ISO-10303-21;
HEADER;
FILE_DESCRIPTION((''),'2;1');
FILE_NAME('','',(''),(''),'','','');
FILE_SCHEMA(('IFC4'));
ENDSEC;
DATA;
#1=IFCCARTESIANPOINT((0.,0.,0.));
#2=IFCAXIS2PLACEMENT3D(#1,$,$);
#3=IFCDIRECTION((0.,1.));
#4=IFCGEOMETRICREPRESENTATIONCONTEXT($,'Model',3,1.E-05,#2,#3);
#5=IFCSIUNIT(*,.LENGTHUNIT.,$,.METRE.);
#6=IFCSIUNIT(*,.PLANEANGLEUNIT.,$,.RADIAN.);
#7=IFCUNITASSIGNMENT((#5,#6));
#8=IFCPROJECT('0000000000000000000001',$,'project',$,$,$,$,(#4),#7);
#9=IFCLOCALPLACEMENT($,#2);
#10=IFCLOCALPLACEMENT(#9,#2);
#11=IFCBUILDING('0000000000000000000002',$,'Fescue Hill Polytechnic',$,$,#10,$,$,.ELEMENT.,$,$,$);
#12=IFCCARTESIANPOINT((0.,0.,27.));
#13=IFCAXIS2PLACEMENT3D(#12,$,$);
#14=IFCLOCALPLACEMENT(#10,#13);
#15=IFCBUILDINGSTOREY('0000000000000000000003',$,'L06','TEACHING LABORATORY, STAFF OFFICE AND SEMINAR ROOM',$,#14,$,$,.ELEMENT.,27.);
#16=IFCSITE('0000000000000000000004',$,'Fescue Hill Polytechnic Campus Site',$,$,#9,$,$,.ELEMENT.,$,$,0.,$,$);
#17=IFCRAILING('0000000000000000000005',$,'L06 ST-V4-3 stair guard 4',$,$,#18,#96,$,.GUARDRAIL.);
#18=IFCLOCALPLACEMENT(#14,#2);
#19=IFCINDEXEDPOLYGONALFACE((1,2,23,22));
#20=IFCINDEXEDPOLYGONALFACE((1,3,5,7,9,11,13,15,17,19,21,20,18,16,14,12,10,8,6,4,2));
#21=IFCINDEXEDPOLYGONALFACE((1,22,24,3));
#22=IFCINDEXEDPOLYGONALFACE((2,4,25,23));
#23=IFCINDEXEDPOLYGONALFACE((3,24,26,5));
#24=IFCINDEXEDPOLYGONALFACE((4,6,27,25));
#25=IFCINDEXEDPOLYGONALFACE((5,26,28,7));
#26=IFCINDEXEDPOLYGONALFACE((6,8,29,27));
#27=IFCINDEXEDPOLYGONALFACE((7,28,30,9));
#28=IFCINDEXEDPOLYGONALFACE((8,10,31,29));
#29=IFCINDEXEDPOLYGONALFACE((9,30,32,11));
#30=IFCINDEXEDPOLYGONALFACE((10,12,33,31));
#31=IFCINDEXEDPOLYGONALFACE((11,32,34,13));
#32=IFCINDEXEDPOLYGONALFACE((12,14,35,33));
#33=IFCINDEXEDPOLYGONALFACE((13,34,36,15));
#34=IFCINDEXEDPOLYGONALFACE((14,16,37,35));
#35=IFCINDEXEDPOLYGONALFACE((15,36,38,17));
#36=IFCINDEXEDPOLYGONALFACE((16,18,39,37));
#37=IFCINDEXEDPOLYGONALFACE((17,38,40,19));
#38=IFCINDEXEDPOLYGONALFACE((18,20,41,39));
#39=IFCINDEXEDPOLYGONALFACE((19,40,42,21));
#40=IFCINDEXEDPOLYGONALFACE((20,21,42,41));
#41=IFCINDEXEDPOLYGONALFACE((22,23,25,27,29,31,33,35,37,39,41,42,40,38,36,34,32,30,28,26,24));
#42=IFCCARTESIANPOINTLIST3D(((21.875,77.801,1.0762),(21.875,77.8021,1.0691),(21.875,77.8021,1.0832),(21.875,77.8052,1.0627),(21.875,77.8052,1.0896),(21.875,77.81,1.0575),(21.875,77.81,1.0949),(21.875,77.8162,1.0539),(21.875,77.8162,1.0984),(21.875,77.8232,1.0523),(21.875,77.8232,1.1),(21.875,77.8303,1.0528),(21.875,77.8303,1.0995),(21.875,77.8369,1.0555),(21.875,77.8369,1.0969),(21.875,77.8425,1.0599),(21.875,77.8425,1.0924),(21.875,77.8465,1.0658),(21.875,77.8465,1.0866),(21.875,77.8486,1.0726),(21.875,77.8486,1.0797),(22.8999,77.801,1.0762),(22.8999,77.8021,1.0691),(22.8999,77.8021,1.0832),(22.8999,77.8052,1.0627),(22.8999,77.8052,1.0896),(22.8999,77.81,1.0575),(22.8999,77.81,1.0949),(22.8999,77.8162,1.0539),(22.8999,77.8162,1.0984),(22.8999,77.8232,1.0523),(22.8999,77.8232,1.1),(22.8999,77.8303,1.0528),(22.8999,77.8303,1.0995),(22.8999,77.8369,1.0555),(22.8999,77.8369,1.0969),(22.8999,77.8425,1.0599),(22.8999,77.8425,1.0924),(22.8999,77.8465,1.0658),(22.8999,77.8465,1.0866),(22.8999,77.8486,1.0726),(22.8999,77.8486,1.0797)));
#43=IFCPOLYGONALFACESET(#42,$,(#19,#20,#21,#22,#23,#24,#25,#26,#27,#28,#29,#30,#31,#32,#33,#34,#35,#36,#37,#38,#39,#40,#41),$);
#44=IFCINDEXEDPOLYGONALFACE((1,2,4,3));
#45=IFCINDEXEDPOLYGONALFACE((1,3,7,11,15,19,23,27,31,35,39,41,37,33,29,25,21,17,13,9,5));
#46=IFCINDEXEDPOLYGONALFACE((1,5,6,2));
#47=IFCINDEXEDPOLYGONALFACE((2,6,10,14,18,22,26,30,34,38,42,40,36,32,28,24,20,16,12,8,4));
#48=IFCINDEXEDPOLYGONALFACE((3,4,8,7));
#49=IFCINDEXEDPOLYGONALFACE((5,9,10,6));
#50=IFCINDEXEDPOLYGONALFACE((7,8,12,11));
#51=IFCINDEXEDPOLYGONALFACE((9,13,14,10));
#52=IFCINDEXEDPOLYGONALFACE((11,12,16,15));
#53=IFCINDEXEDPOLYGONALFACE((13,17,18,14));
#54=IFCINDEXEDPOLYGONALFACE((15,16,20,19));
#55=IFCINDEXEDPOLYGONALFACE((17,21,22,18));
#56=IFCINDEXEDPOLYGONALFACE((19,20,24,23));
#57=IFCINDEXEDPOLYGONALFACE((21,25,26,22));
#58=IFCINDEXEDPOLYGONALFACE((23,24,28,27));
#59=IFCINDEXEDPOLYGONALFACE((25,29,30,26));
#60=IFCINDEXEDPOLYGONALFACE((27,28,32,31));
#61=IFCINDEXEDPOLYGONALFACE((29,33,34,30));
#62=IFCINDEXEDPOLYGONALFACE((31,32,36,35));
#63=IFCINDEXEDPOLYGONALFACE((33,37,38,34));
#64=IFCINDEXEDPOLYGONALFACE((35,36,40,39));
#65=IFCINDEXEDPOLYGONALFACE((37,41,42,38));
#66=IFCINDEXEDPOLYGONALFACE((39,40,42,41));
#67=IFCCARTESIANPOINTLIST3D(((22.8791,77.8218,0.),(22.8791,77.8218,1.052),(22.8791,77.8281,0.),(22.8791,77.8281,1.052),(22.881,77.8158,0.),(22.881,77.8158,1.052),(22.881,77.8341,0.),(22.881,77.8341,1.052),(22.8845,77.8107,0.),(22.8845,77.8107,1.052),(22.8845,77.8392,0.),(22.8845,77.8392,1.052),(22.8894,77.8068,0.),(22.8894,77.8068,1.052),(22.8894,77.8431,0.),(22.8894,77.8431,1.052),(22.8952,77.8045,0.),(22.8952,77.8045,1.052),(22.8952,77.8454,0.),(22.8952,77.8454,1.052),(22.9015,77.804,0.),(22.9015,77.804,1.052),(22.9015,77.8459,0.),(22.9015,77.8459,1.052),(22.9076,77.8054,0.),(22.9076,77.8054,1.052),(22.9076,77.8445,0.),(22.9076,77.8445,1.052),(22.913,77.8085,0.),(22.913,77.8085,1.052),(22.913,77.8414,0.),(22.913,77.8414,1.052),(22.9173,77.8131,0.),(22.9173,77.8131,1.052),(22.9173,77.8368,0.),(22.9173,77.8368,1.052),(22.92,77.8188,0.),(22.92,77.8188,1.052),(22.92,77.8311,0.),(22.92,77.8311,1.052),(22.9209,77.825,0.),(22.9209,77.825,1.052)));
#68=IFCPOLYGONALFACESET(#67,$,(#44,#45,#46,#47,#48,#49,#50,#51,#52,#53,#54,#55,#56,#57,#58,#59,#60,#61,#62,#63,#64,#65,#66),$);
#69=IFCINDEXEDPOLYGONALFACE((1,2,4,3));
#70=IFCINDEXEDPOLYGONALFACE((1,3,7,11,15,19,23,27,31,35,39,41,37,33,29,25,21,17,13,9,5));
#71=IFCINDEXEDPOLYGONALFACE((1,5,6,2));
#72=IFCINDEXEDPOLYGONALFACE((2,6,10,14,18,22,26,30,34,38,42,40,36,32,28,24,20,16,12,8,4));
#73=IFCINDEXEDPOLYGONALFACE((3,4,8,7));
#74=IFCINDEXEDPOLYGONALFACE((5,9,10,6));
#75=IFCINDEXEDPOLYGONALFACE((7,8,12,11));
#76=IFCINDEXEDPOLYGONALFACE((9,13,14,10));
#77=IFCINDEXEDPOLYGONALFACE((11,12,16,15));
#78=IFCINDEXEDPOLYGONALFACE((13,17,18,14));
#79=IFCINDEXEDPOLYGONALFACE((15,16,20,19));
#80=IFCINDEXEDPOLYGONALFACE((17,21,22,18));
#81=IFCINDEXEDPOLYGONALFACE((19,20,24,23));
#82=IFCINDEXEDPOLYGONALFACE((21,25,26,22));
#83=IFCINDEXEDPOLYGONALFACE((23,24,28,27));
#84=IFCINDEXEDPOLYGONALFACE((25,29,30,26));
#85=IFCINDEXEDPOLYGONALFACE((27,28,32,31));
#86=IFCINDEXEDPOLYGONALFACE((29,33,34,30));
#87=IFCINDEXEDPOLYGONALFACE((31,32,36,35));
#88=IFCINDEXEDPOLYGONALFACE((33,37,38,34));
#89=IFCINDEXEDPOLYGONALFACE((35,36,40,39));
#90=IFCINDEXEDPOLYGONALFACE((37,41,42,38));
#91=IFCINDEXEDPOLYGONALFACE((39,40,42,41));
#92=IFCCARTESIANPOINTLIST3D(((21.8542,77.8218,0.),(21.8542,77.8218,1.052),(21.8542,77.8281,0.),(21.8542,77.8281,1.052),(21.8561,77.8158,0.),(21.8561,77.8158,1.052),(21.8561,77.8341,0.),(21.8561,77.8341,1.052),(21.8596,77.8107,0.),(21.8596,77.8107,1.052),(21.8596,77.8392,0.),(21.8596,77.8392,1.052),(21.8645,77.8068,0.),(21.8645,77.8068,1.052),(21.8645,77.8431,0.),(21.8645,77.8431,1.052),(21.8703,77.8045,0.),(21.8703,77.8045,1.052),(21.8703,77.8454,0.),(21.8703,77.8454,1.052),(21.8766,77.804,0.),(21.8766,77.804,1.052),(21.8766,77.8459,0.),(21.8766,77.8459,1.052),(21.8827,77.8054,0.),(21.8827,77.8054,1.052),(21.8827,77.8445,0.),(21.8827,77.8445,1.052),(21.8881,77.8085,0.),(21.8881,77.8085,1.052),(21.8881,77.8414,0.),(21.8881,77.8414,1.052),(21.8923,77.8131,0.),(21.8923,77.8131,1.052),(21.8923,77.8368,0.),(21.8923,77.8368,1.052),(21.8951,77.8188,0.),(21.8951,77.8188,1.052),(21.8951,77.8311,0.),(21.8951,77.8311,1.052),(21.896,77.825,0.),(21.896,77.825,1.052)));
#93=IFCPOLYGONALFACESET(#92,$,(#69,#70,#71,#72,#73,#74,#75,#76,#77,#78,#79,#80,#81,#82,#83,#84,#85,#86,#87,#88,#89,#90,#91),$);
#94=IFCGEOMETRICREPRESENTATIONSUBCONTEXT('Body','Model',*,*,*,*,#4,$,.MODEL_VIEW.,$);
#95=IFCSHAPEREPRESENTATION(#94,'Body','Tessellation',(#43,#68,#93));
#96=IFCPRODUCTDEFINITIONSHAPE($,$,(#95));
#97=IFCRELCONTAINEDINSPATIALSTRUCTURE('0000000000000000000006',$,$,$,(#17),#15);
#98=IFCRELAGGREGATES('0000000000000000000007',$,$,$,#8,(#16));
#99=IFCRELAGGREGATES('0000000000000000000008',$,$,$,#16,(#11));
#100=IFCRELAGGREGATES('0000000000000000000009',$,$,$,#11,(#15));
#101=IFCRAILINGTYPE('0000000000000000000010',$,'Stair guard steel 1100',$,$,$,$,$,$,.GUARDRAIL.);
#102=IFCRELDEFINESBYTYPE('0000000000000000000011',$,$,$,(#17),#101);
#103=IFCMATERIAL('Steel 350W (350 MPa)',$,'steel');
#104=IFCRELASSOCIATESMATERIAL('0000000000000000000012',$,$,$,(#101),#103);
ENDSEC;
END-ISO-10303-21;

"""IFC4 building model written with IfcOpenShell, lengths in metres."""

from ifc_helpers import new_model, si_unit, direction, frame, origin, origin_2d, place, context, subcontext, project, spatial, circle, extrude, material, type_object, element, save


model = new_model("IFC4")

# Units and contexts
model_context = context("Model", 3, precision=1e-05, world=origin(), true_north=direction((0.0, 1.0)))
body_context = subcontext(model_context, "Body", "Model", "MODEL_VIEW")
ifc_project = project(units=[si_unit("LENGTHUNIT", "METRE"), si_unit("PLANEANGLEUNIT", "RADIAN")], contexts=[model_context])

# Site, building, storey
site_placement = place(None, origin())
site = spatial("IfcSite", under=ifc_project, at=site_placement, Name="Fescue Hill Polytechnic Campus Site", CompositionType="ELEMENT", RefElevation=0.0)
building_placement = place(site_placement, origin())
building = spatial("IfcBuilding", under=site, at=building_placement, Name="Fescue Hill Polytechnic", CompositionType="ELEMENT")
storey_placement = place(building_placement, frame((0.0, 0.0, 27.0)))
storey = spatial("IfcBuildingStorey", under=building, at=storey_placement, Name="L06", Description="TEACHING LABORATORY, STAFF OFFICE AND SEMINAR ROOM", CompositionType="ELEMENT", Elevation=27.0)

# Railing
ifc_material_1 = material(Name="Steel 350W (350 MPa)", Category="steel")
railing_type_1 = type_object("IfcRailingType", Name="Stair guard steel 1100", PredefinedType="GUARDRAIL", material=ifc_material_1)
railing_1_placement = place(storey_placement, frame((22.8999, 77.825, 0.0)))
element("IfcRailing", 1, at=railing_1_placement, inside=storey, type_object=railing_type_1, Name="L06 ST-V4-3 stair guard 4", PredefinedType="GUARDRAIL", context=body_context, shape_type="SweptSolid", body=[
    extrude(circle(Radius=0.0239, at=origin_2d()), frame((0.0, 0.0, 1.0762), z_axis=(-1.0, 0.0, 0.0), x_axis=(0.0, -1.0, 0.0)), (0.0, 0.0, 1.0), 1.0249),
    extrude(circle(Radius=0.021, at=origin_2d()), origin(), (0.0, 0.0, 1.0), 1.052),
    extrude(circle(Radius=0.021, at=origin_2d()), frame((-1.0249, 0.0, 0.0)), (0.0, 0.0, 1.0), 1.052),
])

save(model, "model.ifc")
